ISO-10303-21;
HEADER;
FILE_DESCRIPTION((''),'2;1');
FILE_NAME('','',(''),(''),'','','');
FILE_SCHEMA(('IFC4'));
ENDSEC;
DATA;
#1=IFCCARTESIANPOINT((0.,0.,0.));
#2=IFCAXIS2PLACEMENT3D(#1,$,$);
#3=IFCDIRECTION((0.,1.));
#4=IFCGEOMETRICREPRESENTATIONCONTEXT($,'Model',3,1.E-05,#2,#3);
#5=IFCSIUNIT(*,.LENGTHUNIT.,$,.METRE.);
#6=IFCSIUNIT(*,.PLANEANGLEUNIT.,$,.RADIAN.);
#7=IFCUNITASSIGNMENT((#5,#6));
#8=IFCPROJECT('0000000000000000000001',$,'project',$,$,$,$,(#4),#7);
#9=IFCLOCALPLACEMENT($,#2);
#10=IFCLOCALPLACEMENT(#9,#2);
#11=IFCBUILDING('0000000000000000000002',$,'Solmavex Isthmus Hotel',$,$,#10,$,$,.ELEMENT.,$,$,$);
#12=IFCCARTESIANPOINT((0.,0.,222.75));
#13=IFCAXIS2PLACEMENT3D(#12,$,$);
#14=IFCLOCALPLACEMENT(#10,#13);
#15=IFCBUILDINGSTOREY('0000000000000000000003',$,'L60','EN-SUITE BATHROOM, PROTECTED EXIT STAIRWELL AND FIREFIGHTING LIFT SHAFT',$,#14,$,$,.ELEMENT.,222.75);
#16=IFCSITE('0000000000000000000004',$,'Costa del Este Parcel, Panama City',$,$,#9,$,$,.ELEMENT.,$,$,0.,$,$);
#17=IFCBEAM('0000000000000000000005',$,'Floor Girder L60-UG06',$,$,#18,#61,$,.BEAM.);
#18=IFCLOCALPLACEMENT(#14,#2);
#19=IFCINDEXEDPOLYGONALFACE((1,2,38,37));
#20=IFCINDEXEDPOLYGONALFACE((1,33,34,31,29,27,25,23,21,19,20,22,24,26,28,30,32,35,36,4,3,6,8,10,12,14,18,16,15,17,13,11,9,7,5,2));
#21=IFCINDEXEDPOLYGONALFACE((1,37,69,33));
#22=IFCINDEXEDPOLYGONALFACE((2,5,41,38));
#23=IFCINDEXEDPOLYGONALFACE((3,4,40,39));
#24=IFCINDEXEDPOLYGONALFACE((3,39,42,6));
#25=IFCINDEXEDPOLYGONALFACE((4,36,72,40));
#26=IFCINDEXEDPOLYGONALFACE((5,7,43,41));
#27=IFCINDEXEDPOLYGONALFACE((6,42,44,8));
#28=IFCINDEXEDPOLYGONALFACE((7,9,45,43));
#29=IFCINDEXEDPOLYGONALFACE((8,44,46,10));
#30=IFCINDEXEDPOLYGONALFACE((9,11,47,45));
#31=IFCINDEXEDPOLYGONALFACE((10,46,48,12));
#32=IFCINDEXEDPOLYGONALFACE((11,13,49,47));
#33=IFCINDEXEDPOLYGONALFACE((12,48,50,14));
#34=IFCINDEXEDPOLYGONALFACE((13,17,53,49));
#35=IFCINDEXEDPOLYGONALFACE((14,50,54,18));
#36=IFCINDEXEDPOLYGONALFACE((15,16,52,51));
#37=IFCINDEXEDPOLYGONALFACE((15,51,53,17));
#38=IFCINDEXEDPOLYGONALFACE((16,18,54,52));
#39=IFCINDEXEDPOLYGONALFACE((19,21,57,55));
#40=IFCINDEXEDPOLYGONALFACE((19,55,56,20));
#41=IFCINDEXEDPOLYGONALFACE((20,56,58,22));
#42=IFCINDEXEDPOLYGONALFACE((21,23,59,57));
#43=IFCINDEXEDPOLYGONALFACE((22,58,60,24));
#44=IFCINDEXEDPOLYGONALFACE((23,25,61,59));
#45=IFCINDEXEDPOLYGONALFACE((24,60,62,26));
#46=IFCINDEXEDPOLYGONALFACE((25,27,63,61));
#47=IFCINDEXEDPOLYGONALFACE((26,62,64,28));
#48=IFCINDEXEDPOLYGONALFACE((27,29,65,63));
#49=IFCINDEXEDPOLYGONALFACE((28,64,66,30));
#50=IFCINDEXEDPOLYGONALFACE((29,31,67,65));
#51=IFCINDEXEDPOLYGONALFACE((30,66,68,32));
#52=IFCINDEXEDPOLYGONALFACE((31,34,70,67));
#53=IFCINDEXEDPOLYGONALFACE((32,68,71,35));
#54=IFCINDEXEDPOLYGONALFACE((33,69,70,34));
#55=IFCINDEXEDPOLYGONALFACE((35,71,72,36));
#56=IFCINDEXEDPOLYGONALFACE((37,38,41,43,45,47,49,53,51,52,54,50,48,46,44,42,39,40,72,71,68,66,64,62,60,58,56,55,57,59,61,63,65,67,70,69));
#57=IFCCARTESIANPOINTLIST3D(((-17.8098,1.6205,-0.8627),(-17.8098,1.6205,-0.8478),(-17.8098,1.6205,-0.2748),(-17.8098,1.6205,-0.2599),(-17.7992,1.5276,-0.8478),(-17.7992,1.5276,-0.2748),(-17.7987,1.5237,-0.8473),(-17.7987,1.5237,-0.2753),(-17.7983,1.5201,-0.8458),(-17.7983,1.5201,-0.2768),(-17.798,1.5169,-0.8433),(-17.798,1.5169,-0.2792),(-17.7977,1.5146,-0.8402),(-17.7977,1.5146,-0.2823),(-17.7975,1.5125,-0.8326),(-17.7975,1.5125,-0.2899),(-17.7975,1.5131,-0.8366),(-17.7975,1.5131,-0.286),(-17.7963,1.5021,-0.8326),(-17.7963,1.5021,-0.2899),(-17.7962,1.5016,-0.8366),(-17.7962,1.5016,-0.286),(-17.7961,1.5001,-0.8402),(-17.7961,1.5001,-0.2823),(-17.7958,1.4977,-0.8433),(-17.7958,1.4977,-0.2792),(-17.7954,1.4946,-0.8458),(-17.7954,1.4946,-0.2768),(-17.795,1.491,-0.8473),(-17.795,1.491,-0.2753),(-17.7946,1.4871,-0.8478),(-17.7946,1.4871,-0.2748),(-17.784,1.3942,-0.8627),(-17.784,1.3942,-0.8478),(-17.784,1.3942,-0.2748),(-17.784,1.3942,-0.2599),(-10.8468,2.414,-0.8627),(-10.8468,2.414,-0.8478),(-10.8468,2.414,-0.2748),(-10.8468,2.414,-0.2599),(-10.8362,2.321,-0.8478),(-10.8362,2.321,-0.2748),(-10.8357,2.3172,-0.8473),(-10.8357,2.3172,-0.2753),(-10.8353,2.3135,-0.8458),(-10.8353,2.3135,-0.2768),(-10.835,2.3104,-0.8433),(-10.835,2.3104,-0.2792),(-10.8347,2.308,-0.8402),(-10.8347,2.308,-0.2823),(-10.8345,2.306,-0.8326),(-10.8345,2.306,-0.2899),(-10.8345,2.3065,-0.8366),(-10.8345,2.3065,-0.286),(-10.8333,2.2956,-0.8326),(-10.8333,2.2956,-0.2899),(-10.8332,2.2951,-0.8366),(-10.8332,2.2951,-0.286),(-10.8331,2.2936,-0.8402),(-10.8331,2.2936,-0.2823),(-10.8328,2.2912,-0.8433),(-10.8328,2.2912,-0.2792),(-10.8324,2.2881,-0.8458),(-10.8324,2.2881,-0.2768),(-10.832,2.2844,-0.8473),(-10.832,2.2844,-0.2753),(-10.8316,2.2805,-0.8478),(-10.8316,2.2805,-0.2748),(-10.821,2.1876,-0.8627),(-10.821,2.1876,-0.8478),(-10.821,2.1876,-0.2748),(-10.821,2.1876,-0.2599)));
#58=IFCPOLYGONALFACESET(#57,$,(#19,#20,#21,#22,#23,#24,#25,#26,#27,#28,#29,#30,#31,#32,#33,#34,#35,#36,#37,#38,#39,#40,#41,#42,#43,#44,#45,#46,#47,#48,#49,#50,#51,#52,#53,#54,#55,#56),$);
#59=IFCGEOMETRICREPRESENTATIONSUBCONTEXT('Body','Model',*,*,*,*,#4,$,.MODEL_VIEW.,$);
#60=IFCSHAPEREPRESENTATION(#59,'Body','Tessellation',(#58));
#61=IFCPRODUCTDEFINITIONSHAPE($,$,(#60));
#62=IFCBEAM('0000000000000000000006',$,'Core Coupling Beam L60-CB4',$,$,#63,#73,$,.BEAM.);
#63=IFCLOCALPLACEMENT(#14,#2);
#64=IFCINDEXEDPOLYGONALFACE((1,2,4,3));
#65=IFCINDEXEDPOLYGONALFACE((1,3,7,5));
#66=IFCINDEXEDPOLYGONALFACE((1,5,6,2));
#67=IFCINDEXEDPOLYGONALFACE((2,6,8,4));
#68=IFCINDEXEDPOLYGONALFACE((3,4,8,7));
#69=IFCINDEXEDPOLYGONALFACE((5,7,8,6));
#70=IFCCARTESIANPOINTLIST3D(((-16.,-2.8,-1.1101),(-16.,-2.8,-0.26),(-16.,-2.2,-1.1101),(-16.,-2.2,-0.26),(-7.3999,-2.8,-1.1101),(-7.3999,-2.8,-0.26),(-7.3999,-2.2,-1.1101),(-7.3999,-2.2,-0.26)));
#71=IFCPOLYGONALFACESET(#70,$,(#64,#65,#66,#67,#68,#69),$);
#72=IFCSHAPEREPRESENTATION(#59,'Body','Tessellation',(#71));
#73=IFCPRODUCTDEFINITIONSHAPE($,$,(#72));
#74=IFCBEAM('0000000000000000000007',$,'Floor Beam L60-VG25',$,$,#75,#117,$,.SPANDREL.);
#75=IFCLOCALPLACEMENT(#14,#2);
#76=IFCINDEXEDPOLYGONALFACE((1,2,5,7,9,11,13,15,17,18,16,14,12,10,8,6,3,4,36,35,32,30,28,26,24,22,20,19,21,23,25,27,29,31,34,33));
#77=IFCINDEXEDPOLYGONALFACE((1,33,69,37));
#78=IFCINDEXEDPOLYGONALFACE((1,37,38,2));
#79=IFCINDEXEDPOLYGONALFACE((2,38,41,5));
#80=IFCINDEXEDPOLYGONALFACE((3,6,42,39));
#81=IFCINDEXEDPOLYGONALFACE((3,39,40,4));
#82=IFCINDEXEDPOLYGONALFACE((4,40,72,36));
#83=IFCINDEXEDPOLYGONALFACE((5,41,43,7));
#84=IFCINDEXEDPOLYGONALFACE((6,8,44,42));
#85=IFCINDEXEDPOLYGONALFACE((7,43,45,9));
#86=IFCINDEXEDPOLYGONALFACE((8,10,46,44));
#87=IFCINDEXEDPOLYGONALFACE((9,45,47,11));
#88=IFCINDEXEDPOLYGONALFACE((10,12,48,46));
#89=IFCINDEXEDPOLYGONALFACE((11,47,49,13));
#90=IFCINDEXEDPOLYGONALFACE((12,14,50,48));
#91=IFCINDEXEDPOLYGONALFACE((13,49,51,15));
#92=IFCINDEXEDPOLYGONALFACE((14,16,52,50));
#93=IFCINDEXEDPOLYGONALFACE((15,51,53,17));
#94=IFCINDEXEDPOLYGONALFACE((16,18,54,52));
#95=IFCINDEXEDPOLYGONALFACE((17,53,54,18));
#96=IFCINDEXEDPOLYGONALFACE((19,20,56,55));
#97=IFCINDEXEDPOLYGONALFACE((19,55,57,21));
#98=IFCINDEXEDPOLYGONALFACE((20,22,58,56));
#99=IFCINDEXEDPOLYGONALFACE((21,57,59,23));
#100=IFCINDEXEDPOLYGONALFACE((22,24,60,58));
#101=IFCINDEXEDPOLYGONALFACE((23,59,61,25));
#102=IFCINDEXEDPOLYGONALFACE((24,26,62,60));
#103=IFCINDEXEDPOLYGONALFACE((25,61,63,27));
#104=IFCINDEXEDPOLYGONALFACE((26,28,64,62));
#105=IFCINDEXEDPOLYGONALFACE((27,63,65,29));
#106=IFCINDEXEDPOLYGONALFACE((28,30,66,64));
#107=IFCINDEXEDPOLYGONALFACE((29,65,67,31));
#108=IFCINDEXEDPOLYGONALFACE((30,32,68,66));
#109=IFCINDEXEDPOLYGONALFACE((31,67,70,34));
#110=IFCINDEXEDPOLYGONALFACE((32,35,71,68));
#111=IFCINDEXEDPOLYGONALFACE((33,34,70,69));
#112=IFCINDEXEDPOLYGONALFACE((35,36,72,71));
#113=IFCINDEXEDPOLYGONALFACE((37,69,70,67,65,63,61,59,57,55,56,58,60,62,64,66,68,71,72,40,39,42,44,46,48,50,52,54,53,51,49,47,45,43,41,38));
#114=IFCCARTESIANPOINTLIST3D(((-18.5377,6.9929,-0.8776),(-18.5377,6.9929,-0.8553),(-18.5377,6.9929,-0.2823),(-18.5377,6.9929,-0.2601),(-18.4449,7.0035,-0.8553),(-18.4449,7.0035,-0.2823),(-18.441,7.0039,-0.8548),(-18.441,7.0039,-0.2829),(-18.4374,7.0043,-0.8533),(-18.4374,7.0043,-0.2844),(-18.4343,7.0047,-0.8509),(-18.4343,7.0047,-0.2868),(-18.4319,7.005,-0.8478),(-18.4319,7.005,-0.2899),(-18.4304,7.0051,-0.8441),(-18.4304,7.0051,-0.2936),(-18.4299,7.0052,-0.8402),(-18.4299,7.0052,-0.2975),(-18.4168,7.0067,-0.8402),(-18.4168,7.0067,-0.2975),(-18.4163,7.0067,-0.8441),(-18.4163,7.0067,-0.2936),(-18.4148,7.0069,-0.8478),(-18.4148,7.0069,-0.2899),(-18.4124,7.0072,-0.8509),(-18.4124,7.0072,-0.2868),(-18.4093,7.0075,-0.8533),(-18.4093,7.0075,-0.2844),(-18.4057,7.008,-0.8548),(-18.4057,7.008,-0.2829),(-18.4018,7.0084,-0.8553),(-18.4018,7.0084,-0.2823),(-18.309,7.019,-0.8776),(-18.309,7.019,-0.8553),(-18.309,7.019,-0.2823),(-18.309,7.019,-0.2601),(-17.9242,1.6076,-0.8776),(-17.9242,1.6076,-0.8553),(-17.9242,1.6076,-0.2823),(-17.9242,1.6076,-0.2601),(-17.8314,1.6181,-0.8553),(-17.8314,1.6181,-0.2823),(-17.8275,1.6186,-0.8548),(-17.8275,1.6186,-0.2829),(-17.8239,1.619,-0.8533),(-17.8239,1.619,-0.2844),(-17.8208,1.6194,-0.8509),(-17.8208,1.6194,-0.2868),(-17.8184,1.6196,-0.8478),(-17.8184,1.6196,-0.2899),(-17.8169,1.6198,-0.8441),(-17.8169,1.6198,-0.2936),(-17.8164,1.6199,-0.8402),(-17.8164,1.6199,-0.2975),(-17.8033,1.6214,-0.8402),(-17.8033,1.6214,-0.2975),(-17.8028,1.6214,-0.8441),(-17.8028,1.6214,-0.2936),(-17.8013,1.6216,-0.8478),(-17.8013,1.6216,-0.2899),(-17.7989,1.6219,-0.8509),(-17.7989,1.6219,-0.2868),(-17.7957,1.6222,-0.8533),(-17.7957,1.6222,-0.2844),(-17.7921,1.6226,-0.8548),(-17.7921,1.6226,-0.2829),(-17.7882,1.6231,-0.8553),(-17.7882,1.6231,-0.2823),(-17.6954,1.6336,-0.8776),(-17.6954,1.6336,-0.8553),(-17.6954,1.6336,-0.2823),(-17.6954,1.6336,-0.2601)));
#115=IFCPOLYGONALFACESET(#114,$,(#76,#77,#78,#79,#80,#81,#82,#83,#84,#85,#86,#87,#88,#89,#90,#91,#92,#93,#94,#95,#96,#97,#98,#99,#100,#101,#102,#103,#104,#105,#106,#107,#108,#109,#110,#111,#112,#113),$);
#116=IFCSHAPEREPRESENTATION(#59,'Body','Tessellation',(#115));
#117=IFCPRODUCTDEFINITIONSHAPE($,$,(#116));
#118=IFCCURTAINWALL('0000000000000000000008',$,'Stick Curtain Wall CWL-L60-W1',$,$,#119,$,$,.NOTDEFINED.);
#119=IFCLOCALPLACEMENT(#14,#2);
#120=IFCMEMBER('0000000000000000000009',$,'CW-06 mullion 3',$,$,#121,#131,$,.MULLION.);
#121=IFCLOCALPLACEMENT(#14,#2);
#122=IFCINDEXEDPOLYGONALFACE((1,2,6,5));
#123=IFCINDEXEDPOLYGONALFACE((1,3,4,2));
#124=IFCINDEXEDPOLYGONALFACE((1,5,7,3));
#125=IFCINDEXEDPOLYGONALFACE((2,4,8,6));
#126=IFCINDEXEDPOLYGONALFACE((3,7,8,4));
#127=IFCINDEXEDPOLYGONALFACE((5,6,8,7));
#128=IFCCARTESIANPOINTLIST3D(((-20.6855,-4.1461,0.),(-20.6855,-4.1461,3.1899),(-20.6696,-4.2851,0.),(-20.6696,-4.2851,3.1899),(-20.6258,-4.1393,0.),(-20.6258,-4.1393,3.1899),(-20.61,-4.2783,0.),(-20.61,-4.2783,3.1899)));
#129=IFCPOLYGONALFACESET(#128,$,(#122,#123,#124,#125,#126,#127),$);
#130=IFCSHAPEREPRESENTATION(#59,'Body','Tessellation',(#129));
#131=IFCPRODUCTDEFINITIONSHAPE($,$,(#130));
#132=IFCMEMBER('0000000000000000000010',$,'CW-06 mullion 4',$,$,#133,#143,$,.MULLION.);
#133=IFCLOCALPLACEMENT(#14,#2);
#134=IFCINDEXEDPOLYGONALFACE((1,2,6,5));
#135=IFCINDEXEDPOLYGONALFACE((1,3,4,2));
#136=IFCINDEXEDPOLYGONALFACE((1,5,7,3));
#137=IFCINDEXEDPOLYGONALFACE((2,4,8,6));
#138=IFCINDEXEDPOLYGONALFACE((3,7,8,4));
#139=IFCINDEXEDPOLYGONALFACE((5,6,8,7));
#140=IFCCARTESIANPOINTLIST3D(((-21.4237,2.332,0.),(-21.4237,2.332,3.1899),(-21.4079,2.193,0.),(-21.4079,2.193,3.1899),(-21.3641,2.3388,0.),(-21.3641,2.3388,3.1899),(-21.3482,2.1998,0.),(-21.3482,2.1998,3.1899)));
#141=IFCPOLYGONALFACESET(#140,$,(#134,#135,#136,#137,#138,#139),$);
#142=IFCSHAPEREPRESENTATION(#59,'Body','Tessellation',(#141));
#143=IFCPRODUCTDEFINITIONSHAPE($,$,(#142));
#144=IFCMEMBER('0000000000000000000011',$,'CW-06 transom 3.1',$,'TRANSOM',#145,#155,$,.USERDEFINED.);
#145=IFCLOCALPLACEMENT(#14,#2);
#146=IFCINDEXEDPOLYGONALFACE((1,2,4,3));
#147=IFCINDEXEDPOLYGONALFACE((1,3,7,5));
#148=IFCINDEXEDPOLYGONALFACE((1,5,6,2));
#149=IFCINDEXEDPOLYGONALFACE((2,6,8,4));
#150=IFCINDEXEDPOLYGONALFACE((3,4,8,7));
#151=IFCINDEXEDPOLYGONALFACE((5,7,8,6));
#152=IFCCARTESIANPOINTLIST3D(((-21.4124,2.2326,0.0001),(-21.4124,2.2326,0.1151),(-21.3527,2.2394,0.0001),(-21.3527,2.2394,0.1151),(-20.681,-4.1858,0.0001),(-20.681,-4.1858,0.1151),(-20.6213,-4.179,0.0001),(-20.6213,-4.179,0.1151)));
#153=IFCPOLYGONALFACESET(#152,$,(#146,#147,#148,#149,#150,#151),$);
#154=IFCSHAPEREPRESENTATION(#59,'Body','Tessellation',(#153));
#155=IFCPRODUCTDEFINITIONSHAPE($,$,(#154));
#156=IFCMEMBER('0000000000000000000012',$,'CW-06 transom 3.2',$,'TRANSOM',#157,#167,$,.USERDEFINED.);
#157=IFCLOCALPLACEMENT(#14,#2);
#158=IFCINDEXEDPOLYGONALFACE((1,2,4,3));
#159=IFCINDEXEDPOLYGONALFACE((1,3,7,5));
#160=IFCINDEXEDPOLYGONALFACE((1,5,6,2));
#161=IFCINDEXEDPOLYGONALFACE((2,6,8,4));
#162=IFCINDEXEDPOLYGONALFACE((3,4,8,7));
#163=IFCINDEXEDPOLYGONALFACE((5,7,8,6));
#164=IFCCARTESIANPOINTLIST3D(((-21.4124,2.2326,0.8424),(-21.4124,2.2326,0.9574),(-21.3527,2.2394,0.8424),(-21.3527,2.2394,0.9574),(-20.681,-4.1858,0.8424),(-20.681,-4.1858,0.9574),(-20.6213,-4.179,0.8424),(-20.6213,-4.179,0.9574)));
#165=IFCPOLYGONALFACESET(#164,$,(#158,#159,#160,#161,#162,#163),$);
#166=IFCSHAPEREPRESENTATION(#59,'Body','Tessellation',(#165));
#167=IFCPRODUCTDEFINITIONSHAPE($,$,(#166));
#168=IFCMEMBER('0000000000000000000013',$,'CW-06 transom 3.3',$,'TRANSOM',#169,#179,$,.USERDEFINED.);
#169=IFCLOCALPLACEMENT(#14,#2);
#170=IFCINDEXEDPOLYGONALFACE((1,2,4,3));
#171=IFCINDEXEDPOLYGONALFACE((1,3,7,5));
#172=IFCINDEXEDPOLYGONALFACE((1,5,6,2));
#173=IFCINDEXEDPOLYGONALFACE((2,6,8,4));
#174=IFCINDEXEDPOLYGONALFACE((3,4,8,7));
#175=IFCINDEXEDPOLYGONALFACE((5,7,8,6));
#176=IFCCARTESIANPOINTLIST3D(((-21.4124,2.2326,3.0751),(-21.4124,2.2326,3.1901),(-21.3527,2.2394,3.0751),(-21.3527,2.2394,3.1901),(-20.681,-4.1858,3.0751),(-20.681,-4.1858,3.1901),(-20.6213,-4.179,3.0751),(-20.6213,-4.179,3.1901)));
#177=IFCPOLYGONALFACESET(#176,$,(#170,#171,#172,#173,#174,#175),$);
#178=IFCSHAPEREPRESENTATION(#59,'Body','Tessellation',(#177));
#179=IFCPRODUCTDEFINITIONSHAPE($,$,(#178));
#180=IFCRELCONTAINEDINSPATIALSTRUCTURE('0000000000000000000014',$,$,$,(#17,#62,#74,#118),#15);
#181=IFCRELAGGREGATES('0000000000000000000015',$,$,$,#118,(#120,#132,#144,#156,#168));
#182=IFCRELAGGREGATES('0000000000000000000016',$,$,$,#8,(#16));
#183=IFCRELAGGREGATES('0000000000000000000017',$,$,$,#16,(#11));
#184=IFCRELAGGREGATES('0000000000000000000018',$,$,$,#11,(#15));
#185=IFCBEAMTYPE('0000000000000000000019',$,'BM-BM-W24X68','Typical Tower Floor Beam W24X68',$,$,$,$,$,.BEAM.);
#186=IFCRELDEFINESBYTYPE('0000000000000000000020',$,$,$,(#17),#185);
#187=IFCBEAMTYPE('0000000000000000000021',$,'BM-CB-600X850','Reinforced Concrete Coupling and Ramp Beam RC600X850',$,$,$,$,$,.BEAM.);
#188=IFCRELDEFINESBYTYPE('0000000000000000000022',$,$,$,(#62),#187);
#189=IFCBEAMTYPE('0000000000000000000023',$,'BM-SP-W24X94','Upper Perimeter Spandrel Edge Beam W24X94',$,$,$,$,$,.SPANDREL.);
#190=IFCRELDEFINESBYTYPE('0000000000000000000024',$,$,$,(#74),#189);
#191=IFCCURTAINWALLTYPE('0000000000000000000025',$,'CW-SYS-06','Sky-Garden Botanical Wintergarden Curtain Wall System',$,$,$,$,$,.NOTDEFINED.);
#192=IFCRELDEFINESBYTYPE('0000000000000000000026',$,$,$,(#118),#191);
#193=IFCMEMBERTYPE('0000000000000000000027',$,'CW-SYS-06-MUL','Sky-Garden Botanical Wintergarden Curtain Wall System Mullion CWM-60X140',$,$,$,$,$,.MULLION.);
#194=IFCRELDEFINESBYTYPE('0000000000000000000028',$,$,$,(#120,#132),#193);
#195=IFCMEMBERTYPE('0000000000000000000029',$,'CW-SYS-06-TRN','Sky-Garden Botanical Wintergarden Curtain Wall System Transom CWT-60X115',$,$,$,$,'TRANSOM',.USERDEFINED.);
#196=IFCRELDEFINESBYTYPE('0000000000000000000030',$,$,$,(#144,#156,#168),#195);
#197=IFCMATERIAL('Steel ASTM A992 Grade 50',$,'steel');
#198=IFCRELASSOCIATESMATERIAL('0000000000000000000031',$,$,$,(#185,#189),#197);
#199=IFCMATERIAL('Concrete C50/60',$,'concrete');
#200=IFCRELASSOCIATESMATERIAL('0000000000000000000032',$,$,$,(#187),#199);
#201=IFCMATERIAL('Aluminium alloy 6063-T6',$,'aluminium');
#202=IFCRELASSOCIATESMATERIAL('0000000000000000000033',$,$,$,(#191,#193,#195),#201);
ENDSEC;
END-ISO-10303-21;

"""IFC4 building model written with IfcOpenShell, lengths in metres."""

from ifc_helpers import new_model, si_unit, direction, frame, origin, origin_2d, place, context, subcontext, project, spatial, rectangle, i_section, extrude, material, material_profile, profile_set, type_object, element, aggregate, save


model = new_model("IFC4")

# Units and contexts
model_context = context("Model", 3, precision=1e-05, world=origin(), true_north=direction((0.0, 1.0)))
body_context = subcontext(model_context, "Body", "Model", "MODEL_VIEW")
ifc_project = project(units=[si_unit("LENGTHUNIT", "METRE"), si_unit("PLANEANGLEUNIT", "RADIAN")], contexts=[model_context])

# Site, building, storey
site_placement = place(None, origin())
site = spatial("IfcSite", under=ifc_project, at=site_placement, Name="Costa del Este Parcel, Panama City", CompositionType="ELEMENT", RefElevation=0.0)
building_placement = place(site_placement, origin())
building = spatial("IfcBuilding", under=site, at=building_placement, Name="Solmavex Isthmus Hotel", CompositionType="ELEMENT")
storey_placement = place(building_placement, frame((0.0, 0.0, 222.75)))
storey = spatial("IfcBuildingStorey", under=building, at=storey_placement, Name="L60", Description="EN-SUITE BATHROOM, PROTECTED EXIT STAIRWELL AND FIREFIGHTING LIFT SHAFT", CompositionType="ELEMENT", Elevation=222.75)

# Shared definitions
ifc_material_1 = material(Name="Concrete C50/60", Category="concrete")

# Beams
ifc_material_2 = material(Name="Steel ASTM A992 Grade 50", Category="steel")
ifc_material_profile_1 = material_profile(ifc_material_2, i_section(OverallWidth=0.2278, OverallDepth=0.6028, WebThickness=0.0105, FlangeThickness=0.0149, FilletRadius=0.0151, at=origin_2d()), Name="W24X68")
ifc_profile_set_1 = profile_set([ifc_material_profile_1], Name="Steel ASTM A992 Grade 50")
beam_type_1 = type_object("IfcBeamType", Name="BM-BM-W24X68", Description="Typical Tower Floor Beam W24X68", PredefinedType="BEAM", material=ifc_profile_set_1)
beam_1_placement = place(storey_placement, frame((-17.7969, 1.5073, -0.5613), z_axis=(0.99357, 0.113222, 0.0), x_axis=(-0.113222, 0.99357, 0.0)))
element("IfcBeam", 1, at=beam_1_placement, inside=storey, type_object=beam_type_1, Name="Floor Girder L60-UG06", PredefinedType="BEAM", context=body_context, shape_type="SweptSolid", body=[
    extrude(i_section(OverallWidth=0.2278, OverallDepth=0.6028, WebThickness=0.0105, FlangeThickness=0.0149, FilletRadius=0.0151, at=origin_2d()), origin(), (0.0, 0.0, 1.0), 7.0081),
])
ifc_material_profile_2 = material_profile(ifc_material_1, rectangle(XDim=0.6001, YDim=0.8501, at=origin_2d()), Name="RC600X850")
ifc_profile_set_2 = profile_set([ifc_material_profile_2], Name="Concrete C50/60")
beam_type_2 = type_object("IfcBeamType", Name="BM-CB-600X850", Description="Reinforced Concrete Coupling and Ramp Beam RC600X850", PredefinedType="BEAM", material=ifc_profile_set_2)
beam_2_placement = place(storey_placement, frame((-16.0, -2.5, -0.6851), z_axis=(1.0, 0.0, 0.0), x_axis=(0.0, 1.0, 0.0)))
element("IfcBeam", 2, at=beam_2_placement, inside=storey, type_object=beam_type_2, Name="Core Coupling Beam L60-CB4", PredefinedType="BEAM", context=body_context, shape_type="SweptSolid", body=[
    extrude(rectangle(XDim=0.6001, YDim=0.8501, at=origin_2d()), origin(), (0.0, 0.0, 1.0), 8.6001),
])
ifc_material_profile_3 = material_profile(ifc_material_2, i_section(OverallWidth=0.2302, OverallDepth=0.6174, WebThickness=0.0132, FlangeThickness=0.0222, FilletRadius=0.0151, at=origin_2d()), Name="W24X94")
ifc_profile_set_3 = profile_set([ifc_material_profile_3], Name="Steel ASTM A992 Grade 50")
beam_type_3 = type_object("IfcBeamType", Name="BM-SP-W24X94", Description="Upper Perimeter Spandrel Edge Beam W24X94", PredefinedType="SPANDREL", material=ifc_profile_set_3)
beam_3_placement = place(storey_placement, frame((-17.8098, 1.6206, -0.5688), z_axis=(-0.113195, 0.993573, 0.0), x_axis=(-0.993573, -0.113195, 0.0)))
element("IfcBeam", 3, at=beam_3_placement, inside=storey, type_object=beam_type_3, Name="Floor Beam L60-VG25", PredefinedType="SPANDREL", context=body_context, shape_type="SweptSolid", body=[
    extrude(i_section(OverallWidth=0.2302, OverallDepth=0.6174, WebThickness=0.0132, FlangeThickness=0.0222, FilletRadius=0.0151, at=origin_2d()), origin(), (0.0, 0.0, 1.0), 5.4202),
])

# Curtain wall, members
ifc_material_3 = material(Name="Aluminium alloy 6063-T6", Category="aluminium")
curtain_wall_type = type_object("IfcCurtainWallType", Name="CW-SYS-06", Description="Sky-Garden Botanical Wintergarden Curtain Wall System", PredefinedType="NOTDEFINED", material=ifc_material_3)
curtain_wall_placement = place(storey_placement, origin())
curtain_wall = element("IfcCurtainWall", 4, at=curtain_wall_placement, inside=storey, type_object=curtain_wall_type, Name="Stick Curtain Wall CWL-L60-W1", PredefinedType="NOTDEFINED")
ifc_material_profile_4 = material_profile(ifc_material_3, rectangle(XDim=0.0601, YDim=0.1399, at=origin_2d()), Name="CWM-60X140")
ifc_profile_set_4 = profile_set([ifc_material_profile_4], Name="Aluminium alloy 6063-T6")
member_type_1 = type_object("IfcMemberType", Name="CW-SYS-06-MUL", Description="Sky-Garden Botanical Wintergarden Curtain Wall System Mullion CWM-60X140", PredefinedType="MULLION", material=ifc_profile_set_4)
member_1_placement = place(storey_placement, frame((-20.6477, -4.2122, 0.0), z_axis=(0.0, 0.0, 1.0), x_axis=(-0.993572, -0.113203, 0.0)))
member_1 = element("IfcMember", 5, at=member_1_placement, type_object=member_type_1, Name="CW-06 mullion 3", PredefinedType="MULLION", context=body_context, shape_type="SweptSolid", body=[
    extrude(rectangle(XDim=0.0601, YDim=0.1399, at=origin_2d()), origin(), (0.0, 0.0, 1.0), 3.1899),
])
member_2_placement = place(storey_placement, frame((-21.386, 2.2659, 0.0), z_axis=(0.0, 0.0, 1.0), x_axis=(-0.993572, -0.113203, 0.0)))
member_2 = element("IfcMember", 6, at=member_2_placement, type_object=member_type_1, Name="CW-06 mullion 4", PredefinedType="MULLION", context=body_context, shape_type="SweptSolid", body=[
    extrude(rectangle(XDim=0.0601, YDim=0.1399, at=origin_2d()), origin(), (0.0, 0.0, 1.0), 3.1899),
])
ifc_material_profile_5 = material_profile(ifc_material_3, rectangle(XDim=0.0601, YDim=0.115, at=origin_2d()), Name="CWT-60X115")
ifc_profile_set_5 = profile_set([ifc_material_profile_5], Name="Aluminium alloy 6063-T6")
member_type_2 = type_object("IfcMemberType", Name="CW-SYS-06-TRN", Description="Sky-Garden Botanical Wintergarden Curtain Wall System Transom CWT-60X115", ElementType="TRANSOM", PredefinedType="USERDEFINED", material=ifc_profile_set_5)
member_3_placement = place(storey_placement, frame((-20.6511, -4.1824, 0.0576), z_axis=(-0.113227, 0.993569, 0.0), x_axis=(-0.993569, -0.113227, 0.0)))
member_3 = element("IfcMember", 7, at=member_3_placement, type_object=member_type_2, Name="CW-06 transom 3.1", ObjectType="TRANSOM", PredefinedType="USERDEFINED", context=body_context, shape_type="SweptSolid", body=[
    extrude(rectangle(XDim=0.0601, YDim=0.115, at=origin_2d()), origin(), (0.0, 0.0, 1.0), 6.46),
])
member_4_placement = place(storey_placement, frame((-20.6511, -4.1824, 0.8999), z_axis=(-0.113227, 0.993569, 0.0), x_axis=(-0.993569, -0.113227, 0.0)))
member_4 = element("IfcMember", 8, at=member_4_placement, type_object=member_type_2, Name="CW-06 transom 3.2", ObjectType="TRANSOM", PredefinedType="USERDEFINED", context=body_context, shape_type="SweptSolid", body=[
    extrude(rectangle(XDim=0.0601, YDim=0.115, at=origin_2d()), origin(), (0.0, 0.0, 1.0), 6.46),
])
member_5_placement = place(storey_placement, frame((-20.6511, -4.1824, 3.1326), z_axis=(-0.113227, 0.993569, 0.0), x_axis=(-0.993569, -0.113227, 0.0)))
member_5 = element("IfcMember", 9, at=member_5_placement, type_object=member_type_2, Name="CW-06 transom 3.3", ObjectType="TRANSOM", PredefinedType="USERDEFINED", context=body_context, shape_type="SweptSolid", body=[
    extrude(rectangle(XDim=0.0601, YDim=0.115, at=origin_2d()), origin(), (0.0, 0.0, 1.0), 6.46),
])
aggregate(curtain_wall, [member_1, member_2, member_3, member_4, member_5])

save(model, "model.ifc")
